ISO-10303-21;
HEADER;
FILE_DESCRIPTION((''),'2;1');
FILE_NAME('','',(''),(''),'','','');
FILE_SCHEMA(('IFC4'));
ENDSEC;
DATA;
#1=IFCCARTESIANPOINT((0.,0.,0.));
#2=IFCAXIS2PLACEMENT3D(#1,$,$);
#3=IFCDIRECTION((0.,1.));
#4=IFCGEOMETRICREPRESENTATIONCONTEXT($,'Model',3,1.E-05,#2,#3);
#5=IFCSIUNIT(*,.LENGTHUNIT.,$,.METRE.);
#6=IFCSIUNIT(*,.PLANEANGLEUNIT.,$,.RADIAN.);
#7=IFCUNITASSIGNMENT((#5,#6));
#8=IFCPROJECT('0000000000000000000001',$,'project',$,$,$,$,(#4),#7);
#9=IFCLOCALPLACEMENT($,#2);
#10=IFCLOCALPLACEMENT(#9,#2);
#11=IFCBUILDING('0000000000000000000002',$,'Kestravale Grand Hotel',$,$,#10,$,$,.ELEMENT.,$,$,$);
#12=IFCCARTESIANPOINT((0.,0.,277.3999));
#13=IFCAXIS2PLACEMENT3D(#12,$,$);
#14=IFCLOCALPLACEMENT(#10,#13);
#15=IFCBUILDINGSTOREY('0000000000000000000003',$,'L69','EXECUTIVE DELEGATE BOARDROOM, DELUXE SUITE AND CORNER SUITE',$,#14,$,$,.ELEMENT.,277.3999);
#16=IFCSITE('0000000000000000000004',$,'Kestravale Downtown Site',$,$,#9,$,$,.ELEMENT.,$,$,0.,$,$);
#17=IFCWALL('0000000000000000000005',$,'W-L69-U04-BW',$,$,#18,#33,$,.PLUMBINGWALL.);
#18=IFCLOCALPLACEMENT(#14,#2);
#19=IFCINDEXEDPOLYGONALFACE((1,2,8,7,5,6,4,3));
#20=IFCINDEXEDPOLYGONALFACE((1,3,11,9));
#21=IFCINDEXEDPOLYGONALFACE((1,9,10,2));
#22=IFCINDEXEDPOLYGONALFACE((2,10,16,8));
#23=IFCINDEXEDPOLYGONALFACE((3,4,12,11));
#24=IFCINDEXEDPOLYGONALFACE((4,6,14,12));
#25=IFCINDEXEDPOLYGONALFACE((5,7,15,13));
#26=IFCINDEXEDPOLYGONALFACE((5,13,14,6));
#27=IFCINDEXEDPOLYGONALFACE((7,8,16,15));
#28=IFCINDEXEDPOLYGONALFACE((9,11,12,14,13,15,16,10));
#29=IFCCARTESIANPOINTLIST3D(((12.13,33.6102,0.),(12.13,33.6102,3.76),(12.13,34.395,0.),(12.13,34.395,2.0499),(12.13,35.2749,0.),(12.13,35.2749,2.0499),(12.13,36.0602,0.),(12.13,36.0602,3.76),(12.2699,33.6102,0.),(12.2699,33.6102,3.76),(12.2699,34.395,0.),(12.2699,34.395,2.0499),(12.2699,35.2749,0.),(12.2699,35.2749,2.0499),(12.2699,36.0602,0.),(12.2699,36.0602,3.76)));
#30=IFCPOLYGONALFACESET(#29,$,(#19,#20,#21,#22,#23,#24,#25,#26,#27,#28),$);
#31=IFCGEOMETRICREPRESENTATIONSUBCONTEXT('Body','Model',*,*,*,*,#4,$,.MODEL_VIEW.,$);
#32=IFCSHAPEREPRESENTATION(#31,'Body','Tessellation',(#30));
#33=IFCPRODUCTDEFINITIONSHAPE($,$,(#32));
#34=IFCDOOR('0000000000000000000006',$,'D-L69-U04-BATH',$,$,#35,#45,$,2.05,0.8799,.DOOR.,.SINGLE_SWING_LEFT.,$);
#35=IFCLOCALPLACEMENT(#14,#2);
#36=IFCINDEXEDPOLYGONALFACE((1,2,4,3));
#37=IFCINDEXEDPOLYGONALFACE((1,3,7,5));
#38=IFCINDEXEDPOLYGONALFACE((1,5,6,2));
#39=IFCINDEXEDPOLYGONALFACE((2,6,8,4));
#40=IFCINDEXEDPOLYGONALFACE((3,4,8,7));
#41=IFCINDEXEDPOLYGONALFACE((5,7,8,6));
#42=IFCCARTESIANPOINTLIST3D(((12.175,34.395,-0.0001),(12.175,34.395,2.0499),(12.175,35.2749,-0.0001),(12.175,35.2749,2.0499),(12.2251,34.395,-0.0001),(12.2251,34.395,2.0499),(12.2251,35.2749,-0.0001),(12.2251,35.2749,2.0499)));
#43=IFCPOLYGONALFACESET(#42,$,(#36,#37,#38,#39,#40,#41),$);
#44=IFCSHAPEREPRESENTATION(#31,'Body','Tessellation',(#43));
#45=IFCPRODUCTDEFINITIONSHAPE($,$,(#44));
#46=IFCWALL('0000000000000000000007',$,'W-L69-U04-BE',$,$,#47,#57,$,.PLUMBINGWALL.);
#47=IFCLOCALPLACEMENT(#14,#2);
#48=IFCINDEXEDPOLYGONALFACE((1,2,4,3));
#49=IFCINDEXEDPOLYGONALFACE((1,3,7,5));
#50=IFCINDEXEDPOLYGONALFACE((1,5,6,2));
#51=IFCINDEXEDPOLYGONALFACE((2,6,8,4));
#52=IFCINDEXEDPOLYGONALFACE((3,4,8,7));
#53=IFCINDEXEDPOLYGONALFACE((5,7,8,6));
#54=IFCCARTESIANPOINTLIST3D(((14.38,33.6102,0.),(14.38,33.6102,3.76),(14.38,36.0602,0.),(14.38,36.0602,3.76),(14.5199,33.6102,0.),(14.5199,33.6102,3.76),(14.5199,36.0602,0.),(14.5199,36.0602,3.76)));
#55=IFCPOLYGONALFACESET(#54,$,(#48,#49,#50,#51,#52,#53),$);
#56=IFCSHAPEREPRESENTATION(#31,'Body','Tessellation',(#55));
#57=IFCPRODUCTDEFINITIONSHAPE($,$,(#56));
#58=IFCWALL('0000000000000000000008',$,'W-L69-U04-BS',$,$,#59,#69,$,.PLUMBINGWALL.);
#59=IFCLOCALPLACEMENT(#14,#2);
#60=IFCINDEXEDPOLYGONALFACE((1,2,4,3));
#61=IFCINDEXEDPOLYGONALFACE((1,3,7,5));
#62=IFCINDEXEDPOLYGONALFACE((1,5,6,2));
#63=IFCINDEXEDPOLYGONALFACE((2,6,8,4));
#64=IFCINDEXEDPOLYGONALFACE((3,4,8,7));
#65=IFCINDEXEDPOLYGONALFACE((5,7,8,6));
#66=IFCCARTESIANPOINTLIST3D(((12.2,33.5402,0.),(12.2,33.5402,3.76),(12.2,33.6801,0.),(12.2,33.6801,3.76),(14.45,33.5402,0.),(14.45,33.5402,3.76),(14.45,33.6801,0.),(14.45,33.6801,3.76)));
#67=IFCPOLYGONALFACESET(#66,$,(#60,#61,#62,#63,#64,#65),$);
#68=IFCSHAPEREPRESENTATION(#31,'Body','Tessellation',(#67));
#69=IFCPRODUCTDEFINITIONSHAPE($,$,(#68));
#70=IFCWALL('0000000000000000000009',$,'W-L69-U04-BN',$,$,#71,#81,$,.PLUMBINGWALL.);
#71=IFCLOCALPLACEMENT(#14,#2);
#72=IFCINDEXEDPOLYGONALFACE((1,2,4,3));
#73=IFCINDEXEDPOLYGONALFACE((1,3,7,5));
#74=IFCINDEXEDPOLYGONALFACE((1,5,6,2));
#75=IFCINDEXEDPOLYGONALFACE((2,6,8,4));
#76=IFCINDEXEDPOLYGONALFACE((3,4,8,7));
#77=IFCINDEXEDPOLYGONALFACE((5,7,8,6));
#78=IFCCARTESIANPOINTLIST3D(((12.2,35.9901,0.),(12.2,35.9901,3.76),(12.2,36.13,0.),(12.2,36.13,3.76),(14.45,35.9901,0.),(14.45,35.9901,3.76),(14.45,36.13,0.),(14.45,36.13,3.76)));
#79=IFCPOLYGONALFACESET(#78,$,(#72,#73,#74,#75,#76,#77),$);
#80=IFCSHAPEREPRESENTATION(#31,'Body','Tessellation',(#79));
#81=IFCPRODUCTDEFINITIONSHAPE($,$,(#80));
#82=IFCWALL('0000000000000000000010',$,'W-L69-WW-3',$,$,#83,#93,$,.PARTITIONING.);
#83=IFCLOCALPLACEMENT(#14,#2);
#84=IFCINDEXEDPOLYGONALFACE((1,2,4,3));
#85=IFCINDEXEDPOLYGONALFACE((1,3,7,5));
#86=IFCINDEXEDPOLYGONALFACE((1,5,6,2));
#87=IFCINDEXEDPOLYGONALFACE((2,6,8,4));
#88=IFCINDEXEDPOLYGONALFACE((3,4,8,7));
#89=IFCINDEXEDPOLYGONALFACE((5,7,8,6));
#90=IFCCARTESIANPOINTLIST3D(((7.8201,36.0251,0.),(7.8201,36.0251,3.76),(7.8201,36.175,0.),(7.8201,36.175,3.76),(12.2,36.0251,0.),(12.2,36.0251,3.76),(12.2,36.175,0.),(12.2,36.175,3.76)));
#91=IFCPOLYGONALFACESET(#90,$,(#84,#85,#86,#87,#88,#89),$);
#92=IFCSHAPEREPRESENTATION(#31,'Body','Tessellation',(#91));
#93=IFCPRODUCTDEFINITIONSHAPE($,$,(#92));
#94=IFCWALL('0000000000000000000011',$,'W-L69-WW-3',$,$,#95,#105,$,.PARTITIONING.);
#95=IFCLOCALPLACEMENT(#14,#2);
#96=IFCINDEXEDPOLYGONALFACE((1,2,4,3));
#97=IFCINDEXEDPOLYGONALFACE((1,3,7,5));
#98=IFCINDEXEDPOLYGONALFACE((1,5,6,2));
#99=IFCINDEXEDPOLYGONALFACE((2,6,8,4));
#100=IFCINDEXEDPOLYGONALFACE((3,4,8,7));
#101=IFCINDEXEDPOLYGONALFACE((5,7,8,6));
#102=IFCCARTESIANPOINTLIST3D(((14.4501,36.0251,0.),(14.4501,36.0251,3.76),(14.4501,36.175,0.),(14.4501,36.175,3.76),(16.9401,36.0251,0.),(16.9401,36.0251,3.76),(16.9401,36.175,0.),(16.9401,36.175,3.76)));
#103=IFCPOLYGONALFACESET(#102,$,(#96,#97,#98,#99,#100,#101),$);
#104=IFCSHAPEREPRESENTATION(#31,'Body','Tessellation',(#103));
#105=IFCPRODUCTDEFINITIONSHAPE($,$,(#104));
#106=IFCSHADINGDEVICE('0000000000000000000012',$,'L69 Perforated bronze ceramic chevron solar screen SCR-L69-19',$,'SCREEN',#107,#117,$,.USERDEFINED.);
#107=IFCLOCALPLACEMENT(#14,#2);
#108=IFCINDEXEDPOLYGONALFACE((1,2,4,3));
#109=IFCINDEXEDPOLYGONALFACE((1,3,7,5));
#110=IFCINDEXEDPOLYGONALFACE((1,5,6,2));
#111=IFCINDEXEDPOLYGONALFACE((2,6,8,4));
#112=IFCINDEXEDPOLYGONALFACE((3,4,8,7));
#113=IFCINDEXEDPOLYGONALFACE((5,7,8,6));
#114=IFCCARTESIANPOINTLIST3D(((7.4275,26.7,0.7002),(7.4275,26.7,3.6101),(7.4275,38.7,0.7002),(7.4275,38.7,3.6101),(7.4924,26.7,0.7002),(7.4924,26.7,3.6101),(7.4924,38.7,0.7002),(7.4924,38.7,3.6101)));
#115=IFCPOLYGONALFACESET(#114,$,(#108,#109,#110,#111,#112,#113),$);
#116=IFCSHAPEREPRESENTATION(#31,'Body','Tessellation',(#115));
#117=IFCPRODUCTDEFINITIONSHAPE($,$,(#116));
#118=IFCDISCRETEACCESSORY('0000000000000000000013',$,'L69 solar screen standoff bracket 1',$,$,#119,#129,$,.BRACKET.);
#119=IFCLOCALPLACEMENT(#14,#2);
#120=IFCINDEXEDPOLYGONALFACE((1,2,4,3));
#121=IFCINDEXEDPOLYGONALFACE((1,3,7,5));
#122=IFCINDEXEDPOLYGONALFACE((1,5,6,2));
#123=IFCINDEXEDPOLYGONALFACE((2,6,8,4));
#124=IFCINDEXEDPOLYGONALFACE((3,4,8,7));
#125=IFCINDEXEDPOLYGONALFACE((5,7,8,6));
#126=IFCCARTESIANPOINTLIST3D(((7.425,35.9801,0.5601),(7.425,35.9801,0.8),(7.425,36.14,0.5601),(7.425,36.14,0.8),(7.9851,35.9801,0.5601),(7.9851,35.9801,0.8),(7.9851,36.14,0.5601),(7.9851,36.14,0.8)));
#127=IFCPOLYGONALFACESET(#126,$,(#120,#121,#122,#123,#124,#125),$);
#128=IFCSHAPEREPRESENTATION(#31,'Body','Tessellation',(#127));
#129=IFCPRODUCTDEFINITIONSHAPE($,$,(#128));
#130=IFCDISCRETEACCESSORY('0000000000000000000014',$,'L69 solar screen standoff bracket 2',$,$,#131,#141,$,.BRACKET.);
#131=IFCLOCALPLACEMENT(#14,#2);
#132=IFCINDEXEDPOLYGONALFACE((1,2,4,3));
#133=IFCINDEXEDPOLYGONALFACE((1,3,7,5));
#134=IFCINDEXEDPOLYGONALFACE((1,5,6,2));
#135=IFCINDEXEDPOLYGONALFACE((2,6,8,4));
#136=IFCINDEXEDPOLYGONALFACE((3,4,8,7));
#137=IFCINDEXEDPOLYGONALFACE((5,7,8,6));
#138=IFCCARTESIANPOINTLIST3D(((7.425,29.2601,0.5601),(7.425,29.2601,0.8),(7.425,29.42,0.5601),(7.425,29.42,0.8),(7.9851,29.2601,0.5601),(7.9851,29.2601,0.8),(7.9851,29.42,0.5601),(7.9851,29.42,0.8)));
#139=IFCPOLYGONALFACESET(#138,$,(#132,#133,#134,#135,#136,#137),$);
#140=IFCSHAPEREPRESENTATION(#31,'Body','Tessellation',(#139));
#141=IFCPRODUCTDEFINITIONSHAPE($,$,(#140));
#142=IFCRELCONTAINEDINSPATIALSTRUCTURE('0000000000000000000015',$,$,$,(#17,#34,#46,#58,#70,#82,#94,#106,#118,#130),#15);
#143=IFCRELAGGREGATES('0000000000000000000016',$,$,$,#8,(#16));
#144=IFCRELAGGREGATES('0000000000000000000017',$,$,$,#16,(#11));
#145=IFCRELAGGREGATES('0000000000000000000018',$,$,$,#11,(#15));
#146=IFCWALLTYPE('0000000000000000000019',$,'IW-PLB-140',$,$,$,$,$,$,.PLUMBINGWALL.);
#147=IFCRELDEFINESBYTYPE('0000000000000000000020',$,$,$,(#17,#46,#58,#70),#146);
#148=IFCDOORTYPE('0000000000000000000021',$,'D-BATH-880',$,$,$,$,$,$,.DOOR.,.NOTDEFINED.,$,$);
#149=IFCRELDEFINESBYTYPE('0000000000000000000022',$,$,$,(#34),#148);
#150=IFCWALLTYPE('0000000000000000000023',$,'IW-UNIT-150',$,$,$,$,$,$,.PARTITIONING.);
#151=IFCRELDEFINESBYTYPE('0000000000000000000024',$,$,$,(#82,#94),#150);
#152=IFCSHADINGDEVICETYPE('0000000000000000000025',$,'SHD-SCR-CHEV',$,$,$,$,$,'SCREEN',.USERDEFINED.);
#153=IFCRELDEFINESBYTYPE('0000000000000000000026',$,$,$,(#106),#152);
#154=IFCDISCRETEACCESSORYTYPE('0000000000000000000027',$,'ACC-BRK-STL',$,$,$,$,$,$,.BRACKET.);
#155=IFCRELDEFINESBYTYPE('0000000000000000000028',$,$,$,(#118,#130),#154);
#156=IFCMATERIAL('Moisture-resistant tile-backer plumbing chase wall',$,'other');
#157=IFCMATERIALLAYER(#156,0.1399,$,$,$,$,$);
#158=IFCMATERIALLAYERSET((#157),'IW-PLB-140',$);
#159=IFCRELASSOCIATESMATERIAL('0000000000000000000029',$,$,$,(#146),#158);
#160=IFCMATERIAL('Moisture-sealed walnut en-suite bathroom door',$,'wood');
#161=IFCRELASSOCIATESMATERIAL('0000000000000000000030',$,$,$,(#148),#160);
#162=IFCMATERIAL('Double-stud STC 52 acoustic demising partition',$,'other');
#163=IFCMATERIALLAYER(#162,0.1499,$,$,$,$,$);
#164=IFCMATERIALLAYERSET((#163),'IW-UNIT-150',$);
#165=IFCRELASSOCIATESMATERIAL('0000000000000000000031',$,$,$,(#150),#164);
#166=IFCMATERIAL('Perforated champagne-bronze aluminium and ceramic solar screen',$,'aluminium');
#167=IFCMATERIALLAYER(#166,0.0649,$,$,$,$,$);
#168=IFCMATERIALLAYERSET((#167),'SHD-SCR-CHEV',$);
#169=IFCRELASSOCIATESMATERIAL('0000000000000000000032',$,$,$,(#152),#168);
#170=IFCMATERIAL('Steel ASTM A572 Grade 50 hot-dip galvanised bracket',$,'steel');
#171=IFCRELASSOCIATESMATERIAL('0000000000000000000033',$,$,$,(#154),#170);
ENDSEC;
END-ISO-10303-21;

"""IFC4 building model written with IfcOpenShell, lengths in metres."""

from ifc_helpers import new_model, si_unit, direction, frame, frame_2d, origin, origin_2d, place, context, subcontext, project, spatial, rectangle, extrude, material, layer, layer_set, type_object, element, fill, save


model = new_model("IFC4")

# Units and contexts
model_context = context("Model", 3, precision=1e-05, world=origin(), true_north=direction((0.0, 1.0)))
body_context = subcontext(model_context, "Body", "Model", "MODEL_VIEW")
ifc_project = project(units=[si_unit("LENGTHUNIT", "METRE"), si_unit("PLANEANGLEUNIT", "RADIAN")], contexts=[model_context])

# Site, building, storey
site_placement = place(None, origin())
site = spatial("IfcSite", under=ifc_project, at=site_placement, Name="Kestravale Downtown Site", CompositionType="ELEMENT", RefElevation=0.0)
building_placement = place(site_placement, origin())
building = spatial("IfcBuilding", under=site, at=building_placement, Name="Kestravale Grand Hotel", CompositionType="ELEMENT")
storey_placement = place(building_placement, frame((0.0, 0.0, 277.3999)))
storey = spatial("IfcBuildingStorey", under=building, at=storey_placement, Name="L69", Description="EXECUTIVE DELEGATE BOARDROOM, DELUXE SUITE AND CORNER SUITE", CompositionType="ELEMENT", Elevation=277.3999)

# Wall, opening, door
ifc_material_1 = material(Name="Moisture-resistant tile-backer plumbing chase wall", Category="other")
ifc_layer_1 = layer(ifc_material_1, 0.1399)
ifc_layer_set_1 = layer_set([ifc_layer_1], Name="IW-PLB-140")
wall_type_1 = type_object("IfcWallType", Name="IW-PLB-140", PredefinedType="PLUMBINGWALL", material=ifc_layer_set_1)
wall_1_placement = place(storey_placement, frame((12.2, 33.6101, 0.0), z_axis=(0.0, 0.0, 1.0), x_axis=(0.0, 1.0, 0.0)))
wall_1 = element("IfcWall", 1, at=wall_1_placement, inside=storey, type_object=wall_type_1, Name="W-L69-U04-BW", PredefinedType="PLUMBINGWALL", context=body_context, shape_type="SweptSolid", body=[
    extrude(rectangle(XDim=2.45, YDim=0.1399, at=frame_2d((1.2251, 0.0))), origin(), (0.0, 0.0, 1.0), 3.76),
])
opening_1_placement = place(wall_1_placement, frame((0.7849, 0.0, 0.0)))
opening_1 = element("IfcOpeningElement", 2, at=opening_1_placement, cuts=wall_1, PredefinedType="OPENING", context=body_context, shape_type="SweptSolid", body=[
    extrude(rectangle(XDim=0.8799, YDim=2.05, at=frame_2d((0.4399, 1.0249))), frame((0.0, 0.0798, 0.0), z_axis=(0.0, -1.0, 0.0), x_axis=(1.0, 0.0, 0.0)), (0.0, 0.0, 1.0), 0.1599),
])
ifc_material_2 = material(Name="Moisture-sealed walnut en-suite bathroom door", Category="wood")
door_type_1 = type_object("IfcDoorType", Name="D-BATH-880", OperationType="NOTDEFINED", PredefinedType="DOOR", material=ifc_material_2)
door_1_placement = place(opening_1_placement, origin())
door_1 = element("IfcDoor", 3, at=door_1_placement, inside=storey, type_object=door_type_1, Name="D-L69-U04-BATH", OperationType="SINGLE_SWING_LEFT", OverallHeight=2.05, OverallWidth=0.8799, PredefinedType="DOOR", context=body_context, shape_type="SweptSolid", body=[
    extrude(rectangle(XDim=0.8799, YDim=2.05, at=frame_2d((0.4399, 1.0249))), frame((0.0, 0.0249, 0.0), z_axis=(0.0, -1.0, 0.0), x_axis=(1.0, 0.0, 0.0)), (0.0, 0.0, 1.0), 0.05),
])
fill(opening_1, door_1)

# Walls
wall_2_placement = place(storey_placement, frame((14.45, 33.6101, 0.0), z_axis=(0.0, 0.0, 1.0), x_axis=(0.0, 1.0, 0.0)))
element("IfcWall", 4, at=wall_2_placement, inside=storey, type_object=wall_type_1, Name="W-L69-U04-BE", PredefinedType="PLUMBINGWALL", context=body_context, shape_type="SweptSolid", body=[
    extrude(rectangle(XDim=2.45, YDim=0.1399, at=frame_2d((1.2251, 0.0))), origin(), (0.0, 0.0, 1.0), 3.76),
])
for number, where, z_axis, x_axis, name in (
    (5, (12.2, 33.6101, 0.0), (0.0, 0.0, 1.0), (1.0, 0.0, 0.0), "W-L69-U04-BS"),
    (6, (12.2, 36.0601, 0.0), (0.0, 0.0, 1.0), (1.0, 0.0, 0.0), "W-L69-U04-BN"),
):
    element("IfcWall", number, at=place(storey_placement, frame(where, z_axis=z_axis, x_axis=x_axis)), inside=storey, type_object=wall_type_1, Name=name, PredefinedType="PLUMBINGWALL", context=body_context, shape_type="SweptSolid", body=[
        extrude(rectangle(XDim=2.25, YDim=0.1399, at=frame_2d((1.125, 0.0))), origin(), (0.0, 0.0, 1.0), 3.76),
    ])
ifc_material_3 = material(Name="Double-stud STC 52 acoustic demising partition", Category="other")
ifc_layer_2 = layer(ifc_material_3, 0.1499)
ifc_layer_set_2 = layer_set([ifc_layer_2], Name="IW-UNIT-150")
wall_type_2 = type_object("IfcWallType", Name="IW-UNIT-150", PredefinedType="PARTITIONING", material=ifc_layer_set_2)
wall_3_placement = place(storey_placement, frame((7.8201, 36.1001, 0.0), z_axis=(0.0, 0.0, 1.0), x_axis=(1.0, 0.0, 0.0)))
element("IfcWall", 7, at=wall_3_placement, inside=storey, type_object=wall_type_2, Name="W-L69-WW-3", PredefinedType="PARTITIONING", context=body_context, shape_type="SweptSolid", body=[
    extrude(rectangle(XDim=4.3799, YDim=0.1499, at=frame_2d((2.1899, 0.0))), origin(), (0.0, 0.0, 1.0), 3.76),
])
wall_4_placement = place(storey_placement, frame((14.45, 36.1001, 0.0), z_axis=(0.0, 0.0, 1.0), x_axis=(1.0, 0.0, 0.0)))
element("IfcWall", 8, at=wall_4_placement, inside=storey, type_object=wall_type_2, Name="W-L69-WW-3", PredefinedType="PARTITIONING", context=body_context, shape_type="SweptSolid", body=[
    extrude(rectangle(XDim=2.49, YDim=0.1499, at=frame_2d((1.2451, 0.0))), origin(), (0.0, 0.0, 1.0), 3.76),
])

# Shading device
ifc_material_4 = material(Name="Perforated champagne-bronze aluminium and ceramic solar screen", Category="aluminium")
ifc_layer_3 = layer(ifc_material_4, 0.0649)
ifc_layer_set_3 = layer_set([ifc_layer_3], Name="SHD-SCR-CHEV")
shading_device_type = type_object("IfcShadingDeviceType", Name="SHD-SCR-CHEV", ElementType="SCREEN", PredefinedType="USERDEFINED", material=ifc_layer_set_3)
shading_device_placement = place(storey_placement, frame((7.46, 32.7, 0.7002), z_axis=(0.0, 0.0, 1.0), x_axis=(0.0, -1.0, 0.0)))
element("IfcShadingDevice", 9, at=shading_device_placement, inside=storey, type_object=shading_device_type, Name="L69 Perforated bronze ceramic chevron solar screen SCR-L69-19", ObjectType="SCREEN", PredefinedType="USERDEFINED", context=body_context, shape_type="SweptSolid", body=[
    extrude(rectangle(XDim=12.0, YDim=0.0649, at=origin_2d()), origin(), (0.0, 0.0, 1.0), 2.9099),
])

# Discrete accessories
ifc_material_5 = material(Name="Steel ASTM A572 Grade 50 hot-dip galvanised bracket", Category="steel")
discrete_accessory_type = type_object("IfcDiscreteAccessoryType", Name="ACC-BRK-STL", PredefinedType="BRACKET", material=ifc_material_5)
for number, where, z_axis, x_axis, name in (
    (10, (7.7051, 36.0601, 0.5601), (0.0, 0.0, 1.0), (0.0, -1.0, 0.0), "L69 solar screen standoff bracket 1"),
    (11, (7.7051, 29.3401, 0.5601), (0.0, 0.0, 1.0), (0.0, -1.0, 0.0), "L69 solar screen standoff bracket 2"),
):
    element("IfcDiscreteAccessory", number, at=place(storey_placement, frame(where, z_axis=z_axis, x_axis=x_axis)), inside=storey, type_object=discrete_accessory_type, Name=name, PredefinedType="BRACKET", context=body_context, shape_type="SweptSolid", body=[
        extrude(rectangle(XDim=0.1599, YDim=0.5601, at=origin_2d()), origin(), (0.0, 0.0, 1.0), 0.24),
    ])

save(model, "model.ifc")
